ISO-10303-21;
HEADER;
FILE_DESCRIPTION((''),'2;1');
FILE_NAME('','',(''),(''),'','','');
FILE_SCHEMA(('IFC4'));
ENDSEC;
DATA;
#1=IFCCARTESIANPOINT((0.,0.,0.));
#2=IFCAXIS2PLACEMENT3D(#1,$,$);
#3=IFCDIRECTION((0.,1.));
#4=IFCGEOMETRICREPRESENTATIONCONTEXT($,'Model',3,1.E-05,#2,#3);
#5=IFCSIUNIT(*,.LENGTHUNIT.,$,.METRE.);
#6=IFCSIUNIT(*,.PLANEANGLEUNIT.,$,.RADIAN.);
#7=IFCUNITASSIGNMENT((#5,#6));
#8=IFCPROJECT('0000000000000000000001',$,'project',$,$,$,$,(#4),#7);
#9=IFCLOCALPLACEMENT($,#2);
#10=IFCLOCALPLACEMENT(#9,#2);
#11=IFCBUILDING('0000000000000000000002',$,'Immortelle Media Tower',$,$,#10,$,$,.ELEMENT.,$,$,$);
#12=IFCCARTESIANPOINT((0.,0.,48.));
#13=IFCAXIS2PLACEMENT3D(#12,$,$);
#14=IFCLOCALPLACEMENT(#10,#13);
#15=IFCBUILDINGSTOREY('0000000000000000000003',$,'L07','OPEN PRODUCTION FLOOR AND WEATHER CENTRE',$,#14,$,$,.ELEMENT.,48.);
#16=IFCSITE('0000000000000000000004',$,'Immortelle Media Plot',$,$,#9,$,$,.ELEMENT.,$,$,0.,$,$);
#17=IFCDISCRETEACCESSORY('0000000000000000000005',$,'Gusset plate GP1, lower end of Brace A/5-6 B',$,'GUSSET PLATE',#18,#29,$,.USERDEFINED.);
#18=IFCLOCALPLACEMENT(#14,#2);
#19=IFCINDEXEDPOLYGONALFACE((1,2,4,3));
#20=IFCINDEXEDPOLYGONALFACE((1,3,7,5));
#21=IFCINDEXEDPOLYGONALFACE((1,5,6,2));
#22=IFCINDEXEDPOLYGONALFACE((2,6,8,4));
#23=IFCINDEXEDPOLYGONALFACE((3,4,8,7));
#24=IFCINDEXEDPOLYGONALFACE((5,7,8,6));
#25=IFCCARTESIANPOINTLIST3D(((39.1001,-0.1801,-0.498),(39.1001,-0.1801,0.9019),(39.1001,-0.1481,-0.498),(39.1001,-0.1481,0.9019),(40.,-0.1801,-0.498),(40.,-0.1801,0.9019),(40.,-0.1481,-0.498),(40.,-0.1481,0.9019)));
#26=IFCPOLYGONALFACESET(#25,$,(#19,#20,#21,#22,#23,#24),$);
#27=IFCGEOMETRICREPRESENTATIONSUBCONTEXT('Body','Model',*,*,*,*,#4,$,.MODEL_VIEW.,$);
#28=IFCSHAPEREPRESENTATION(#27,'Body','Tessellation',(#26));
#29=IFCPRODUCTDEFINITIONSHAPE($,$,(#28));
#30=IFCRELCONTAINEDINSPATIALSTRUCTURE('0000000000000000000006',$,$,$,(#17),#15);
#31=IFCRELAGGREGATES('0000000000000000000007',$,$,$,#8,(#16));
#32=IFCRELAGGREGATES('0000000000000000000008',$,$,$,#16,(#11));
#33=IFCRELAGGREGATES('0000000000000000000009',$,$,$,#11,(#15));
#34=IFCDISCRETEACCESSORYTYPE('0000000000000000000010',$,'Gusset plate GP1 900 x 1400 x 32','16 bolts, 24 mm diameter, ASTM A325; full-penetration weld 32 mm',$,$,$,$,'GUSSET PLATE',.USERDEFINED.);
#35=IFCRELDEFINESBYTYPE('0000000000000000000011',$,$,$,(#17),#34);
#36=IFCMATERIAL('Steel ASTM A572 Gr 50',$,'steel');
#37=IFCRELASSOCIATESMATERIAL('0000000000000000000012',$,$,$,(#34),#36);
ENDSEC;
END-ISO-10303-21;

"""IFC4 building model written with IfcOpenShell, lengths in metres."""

from ifc_helpers import new_model, si_unit, direction, frame, origin, origin_2d, place, context, subcontext, project, spatial, rectangle, extrude, material, material_profile, profile_set, type_object, element, save


model = new_model("IFC4")

# Units and contexts
model_context = context("Model", 3, precision=1e-05, world=origin(), true_north=direction((0.0, 1.0)))
body_context = subcontext(model_context, "Body", "Model", "MODEL_VIEW")
ifc_project = project(units=[si_unit("LENGTHUNIT", "METRE"), si_unit("PLANEANGLEUNIT", "RADIAN")], contexts=[model_context])

# Site, building, storey
site_placement = place(None, origin())
site = spatial("IfcSite", under=ifc_project, at=site_placement, Name="Immortelle Media Plot", CompositionType="ELEMENT", RefElevation=0.0)
building_placement = place(site_placement, origin())
building = spatial("IfcBuilding", under=site, at=building_placement, Name="Immortelle Media Tower", CompositionType="ELEMENT")
storey_placement = place(building_placement, frame((0.0, 0.0, 48.0)))
storey = spatial("IfcBuildingStorey", under=building, at=storey_placement, Name="L07", Description="OPEN PRODUCTION FLOOR AND WEATHER CENTRE", CompositionType="ELEMENT", Elevation=48.0)

# Discrete accessory
ifc_material_1 = material(Name="Steel ASTM A572 Gr 50", Category="steel")
ifc_material_profile_1 = material_profile(ifc_material_1, rectangle(XDim=0.032, YDim=1.3999, at=origin_2d()), Name="PL 32 x 1400")
ifc_profile_set_1 = profile_set([ifc_material_profile_1], Name="Steel ASTM A572 Gr 50")
discrete_accessory_type_1 = type_object("IfcDiscreteAccessoryType", Name="Gusset plate GP1 900 x 1400 x 32", Description="16 bolts, 24 mm diameter, ASTM A325; full-penetration weld 32 mm", ElementType="GUSSET PLATE", PredefinedType="USERDEFINED", material=ifc_profile_set_1)
for number, where, z_axis, x_axis, name in (
    (1, (40.0, -0.1641, 0.2019), (-1.0, 0.0, 0.0), (0.0, -1.0, 0.0), "Gusset plate GP1, lower end of Brace A/5-6 B"),
):
    element("IfcDiscreteAccessory", number, at=place(storey_placement, frame(where, z_axis=z_axis, x_axis=x_axis)), inside=storey, type_object=discrete_accessory_type_1, Name=name, ObjectType="GUSSET PLATE", PredefinedType="USERDEFINED", context=body_context, shape_type="SweptSolid", body=[
        extrude(rectangle(XDim=0.032, YDim=1.3999, at=origin_2d()), origin(), (0.0, 0.0, 1.0), 0.8999),
    ])

save(model, "model.ifc")
